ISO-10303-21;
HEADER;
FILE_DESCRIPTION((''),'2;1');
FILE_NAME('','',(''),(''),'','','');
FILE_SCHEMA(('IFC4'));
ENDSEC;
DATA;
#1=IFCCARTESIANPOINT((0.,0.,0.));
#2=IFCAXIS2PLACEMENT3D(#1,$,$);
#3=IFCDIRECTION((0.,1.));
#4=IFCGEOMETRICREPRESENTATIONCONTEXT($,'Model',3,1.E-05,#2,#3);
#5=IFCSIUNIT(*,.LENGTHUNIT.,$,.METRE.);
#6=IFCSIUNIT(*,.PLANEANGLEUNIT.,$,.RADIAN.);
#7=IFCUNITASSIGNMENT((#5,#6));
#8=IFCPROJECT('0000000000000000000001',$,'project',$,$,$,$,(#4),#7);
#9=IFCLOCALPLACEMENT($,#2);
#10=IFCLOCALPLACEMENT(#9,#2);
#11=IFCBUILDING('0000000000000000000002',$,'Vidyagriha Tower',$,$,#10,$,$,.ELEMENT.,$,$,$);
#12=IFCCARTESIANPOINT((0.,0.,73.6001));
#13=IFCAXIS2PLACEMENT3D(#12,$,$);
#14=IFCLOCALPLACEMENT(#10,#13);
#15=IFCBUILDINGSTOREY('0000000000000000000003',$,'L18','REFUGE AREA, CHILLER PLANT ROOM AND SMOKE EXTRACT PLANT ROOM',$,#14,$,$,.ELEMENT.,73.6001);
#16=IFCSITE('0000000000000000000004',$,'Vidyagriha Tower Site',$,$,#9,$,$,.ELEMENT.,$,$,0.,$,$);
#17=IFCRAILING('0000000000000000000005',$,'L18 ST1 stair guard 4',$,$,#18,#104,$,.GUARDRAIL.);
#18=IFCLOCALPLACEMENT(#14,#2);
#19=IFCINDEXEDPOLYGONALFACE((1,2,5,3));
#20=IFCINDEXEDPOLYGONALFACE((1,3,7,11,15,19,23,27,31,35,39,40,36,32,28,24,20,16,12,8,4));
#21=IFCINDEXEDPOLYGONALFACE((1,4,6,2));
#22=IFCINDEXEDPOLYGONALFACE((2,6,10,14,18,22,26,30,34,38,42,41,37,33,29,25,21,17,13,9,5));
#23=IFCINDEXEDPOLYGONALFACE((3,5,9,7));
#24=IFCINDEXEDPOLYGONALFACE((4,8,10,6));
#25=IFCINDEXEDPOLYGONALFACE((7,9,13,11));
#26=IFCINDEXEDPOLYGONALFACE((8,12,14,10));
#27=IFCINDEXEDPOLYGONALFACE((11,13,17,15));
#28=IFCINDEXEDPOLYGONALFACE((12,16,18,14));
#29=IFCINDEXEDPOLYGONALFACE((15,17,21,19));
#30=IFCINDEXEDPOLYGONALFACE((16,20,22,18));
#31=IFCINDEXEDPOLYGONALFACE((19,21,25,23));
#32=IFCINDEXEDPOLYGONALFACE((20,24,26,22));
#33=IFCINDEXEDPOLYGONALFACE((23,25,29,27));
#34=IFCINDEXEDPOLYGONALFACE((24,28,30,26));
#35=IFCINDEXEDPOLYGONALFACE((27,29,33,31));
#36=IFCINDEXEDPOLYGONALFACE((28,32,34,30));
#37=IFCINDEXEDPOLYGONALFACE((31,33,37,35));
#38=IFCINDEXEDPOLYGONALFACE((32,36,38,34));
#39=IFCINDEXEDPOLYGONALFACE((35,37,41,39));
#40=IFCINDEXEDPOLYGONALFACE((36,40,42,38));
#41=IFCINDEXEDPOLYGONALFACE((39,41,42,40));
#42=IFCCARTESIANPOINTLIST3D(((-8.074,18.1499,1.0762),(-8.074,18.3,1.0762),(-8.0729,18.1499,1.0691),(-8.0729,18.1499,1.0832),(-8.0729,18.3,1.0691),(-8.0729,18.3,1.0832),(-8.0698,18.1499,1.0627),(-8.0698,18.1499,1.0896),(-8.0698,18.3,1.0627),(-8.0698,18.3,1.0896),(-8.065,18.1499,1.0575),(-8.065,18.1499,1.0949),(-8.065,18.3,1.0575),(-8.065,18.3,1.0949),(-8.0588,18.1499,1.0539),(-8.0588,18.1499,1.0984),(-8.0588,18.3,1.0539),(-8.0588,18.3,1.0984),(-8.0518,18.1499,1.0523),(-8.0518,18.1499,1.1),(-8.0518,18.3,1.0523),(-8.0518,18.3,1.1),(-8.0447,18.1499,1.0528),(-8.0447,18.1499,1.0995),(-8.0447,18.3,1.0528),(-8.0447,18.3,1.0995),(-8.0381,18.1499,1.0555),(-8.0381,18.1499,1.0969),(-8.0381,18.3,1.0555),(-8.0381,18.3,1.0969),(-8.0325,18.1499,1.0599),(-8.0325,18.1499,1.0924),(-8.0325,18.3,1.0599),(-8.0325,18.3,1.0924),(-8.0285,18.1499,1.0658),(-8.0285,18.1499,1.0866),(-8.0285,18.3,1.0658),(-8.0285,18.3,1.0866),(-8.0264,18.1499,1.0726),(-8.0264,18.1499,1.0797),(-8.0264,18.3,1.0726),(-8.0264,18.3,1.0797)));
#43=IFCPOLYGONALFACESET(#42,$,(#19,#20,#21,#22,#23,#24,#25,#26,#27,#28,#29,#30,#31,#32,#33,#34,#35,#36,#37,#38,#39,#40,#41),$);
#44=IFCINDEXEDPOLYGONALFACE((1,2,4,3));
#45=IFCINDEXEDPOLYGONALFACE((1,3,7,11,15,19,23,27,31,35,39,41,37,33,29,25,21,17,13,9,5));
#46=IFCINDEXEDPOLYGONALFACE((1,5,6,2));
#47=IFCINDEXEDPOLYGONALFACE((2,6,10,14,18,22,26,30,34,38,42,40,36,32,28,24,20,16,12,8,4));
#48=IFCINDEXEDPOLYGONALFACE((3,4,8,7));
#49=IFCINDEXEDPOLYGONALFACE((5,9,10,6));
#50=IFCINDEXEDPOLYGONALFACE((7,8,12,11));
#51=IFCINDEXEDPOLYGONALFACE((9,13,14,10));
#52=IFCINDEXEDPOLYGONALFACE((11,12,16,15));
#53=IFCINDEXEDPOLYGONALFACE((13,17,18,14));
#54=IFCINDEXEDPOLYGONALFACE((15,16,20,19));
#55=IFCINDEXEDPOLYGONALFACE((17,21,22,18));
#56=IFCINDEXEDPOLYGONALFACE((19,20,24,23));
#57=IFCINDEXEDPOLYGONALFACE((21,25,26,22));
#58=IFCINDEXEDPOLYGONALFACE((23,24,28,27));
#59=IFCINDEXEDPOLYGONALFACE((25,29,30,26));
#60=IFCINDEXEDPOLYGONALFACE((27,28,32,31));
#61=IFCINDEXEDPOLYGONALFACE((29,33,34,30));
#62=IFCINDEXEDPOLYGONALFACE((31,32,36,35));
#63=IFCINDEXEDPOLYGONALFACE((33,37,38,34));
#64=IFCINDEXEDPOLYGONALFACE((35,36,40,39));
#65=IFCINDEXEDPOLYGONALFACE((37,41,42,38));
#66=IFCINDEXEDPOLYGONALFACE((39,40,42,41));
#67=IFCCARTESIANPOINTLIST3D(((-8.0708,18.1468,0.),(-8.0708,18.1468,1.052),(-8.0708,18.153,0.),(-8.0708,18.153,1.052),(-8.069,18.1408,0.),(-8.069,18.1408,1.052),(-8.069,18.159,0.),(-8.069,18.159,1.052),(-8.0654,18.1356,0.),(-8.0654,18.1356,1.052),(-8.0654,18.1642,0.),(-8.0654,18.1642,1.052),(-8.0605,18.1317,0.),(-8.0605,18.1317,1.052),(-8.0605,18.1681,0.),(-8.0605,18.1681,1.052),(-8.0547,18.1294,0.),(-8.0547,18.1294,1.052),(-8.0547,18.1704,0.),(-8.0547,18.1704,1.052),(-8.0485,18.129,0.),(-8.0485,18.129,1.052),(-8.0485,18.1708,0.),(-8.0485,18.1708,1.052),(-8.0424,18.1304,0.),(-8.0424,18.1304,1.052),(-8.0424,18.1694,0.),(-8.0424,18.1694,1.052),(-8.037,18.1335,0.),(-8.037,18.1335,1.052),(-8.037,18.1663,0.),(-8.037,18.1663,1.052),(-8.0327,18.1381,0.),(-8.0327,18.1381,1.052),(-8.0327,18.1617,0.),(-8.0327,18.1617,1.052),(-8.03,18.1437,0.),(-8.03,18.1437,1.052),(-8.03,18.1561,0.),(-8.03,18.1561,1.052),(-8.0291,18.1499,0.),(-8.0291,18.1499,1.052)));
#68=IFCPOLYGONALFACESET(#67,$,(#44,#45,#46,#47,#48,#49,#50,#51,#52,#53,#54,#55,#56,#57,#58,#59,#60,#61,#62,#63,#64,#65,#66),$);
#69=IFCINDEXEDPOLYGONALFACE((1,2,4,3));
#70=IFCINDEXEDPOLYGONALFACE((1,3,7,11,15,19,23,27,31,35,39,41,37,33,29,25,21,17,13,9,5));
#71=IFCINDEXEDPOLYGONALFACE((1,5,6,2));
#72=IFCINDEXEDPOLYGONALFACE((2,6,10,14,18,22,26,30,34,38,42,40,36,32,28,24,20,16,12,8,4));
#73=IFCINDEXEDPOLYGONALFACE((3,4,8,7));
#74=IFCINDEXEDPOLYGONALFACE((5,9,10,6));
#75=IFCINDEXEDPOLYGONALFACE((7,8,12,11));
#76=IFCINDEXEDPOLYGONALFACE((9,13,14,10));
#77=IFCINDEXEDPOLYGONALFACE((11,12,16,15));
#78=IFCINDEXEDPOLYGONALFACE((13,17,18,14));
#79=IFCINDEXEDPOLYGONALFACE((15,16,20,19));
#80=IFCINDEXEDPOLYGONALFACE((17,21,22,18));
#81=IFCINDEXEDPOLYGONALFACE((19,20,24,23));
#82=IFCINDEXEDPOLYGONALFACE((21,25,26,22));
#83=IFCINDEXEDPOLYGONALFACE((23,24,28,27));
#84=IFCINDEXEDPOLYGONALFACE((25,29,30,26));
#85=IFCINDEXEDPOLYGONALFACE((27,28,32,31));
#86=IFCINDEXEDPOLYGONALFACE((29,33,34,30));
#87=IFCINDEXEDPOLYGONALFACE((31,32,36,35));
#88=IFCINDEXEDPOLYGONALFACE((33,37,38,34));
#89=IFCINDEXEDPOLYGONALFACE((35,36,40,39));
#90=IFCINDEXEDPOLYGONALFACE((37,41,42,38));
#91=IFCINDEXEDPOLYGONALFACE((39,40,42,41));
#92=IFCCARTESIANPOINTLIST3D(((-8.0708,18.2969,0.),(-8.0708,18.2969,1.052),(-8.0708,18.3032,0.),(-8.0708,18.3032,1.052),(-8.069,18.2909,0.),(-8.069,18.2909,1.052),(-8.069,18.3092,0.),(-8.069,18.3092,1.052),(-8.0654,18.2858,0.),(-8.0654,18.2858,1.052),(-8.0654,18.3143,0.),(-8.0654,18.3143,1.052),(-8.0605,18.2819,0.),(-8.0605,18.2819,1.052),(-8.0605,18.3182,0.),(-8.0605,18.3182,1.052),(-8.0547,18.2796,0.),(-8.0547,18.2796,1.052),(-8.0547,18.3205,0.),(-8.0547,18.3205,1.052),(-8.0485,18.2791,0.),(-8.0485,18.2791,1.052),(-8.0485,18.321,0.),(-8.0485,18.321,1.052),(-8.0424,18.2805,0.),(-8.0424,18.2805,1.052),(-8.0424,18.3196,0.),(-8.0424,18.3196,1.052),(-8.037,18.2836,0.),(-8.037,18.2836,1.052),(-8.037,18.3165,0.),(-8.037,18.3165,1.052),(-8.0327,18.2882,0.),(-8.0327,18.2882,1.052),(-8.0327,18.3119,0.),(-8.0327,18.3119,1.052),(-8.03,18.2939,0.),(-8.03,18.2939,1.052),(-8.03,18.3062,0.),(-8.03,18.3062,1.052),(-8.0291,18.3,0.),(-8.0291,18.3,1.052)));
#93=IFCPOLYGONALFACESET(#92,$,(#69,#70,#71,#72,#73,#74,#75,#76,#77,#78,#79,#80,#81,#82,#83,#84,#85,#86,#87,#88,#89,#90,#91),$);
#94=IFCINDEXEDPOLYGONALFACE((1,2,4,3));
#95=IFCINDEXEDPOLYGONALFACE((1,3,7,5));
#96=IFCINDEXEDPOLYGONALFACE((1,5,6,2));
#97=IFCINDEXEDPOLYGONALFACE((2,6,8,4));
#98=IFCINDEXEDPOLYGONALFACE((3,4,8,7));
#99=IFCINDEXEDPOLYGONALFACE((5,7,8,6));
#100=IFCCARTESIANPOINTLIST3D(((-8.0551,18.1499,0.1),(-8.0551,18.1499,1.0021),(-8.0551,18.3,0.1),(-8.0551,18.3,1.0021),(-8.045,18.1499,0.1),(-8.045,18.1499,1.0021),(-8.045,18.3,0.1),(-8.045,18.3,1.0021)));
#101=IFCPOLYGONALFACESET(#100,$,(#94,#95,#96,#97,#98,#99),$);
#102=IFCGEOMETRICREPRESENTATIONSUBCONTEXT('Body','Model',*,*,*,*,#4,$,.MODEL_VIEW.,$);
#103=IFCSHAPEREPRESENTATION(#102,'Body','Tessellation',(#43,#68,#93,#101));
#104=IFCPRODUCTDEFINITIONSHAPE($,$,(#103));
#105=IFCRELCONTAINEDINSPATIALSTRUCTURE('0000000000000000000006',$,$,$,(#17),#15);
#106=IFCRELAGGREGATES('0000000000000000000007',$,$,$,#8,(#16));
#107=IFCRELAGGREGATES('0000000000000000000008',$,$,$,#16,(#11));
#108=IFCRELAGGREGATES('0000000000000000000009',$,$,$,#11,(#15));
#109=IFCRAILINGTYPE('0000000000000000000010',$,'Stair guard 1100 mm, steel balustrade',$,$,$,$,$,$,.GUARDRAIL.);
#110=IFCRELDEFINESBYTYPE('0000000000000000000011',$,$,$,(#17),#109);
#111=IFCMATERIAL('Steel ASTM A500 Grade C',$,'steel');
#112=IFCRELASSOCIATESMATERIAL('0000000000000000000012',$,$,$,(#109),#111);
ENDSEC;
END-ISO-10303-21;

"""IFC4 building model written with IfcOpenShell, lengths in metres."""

from ifc_helpers import new_model, si_unit, direction, frame, origin, origin_2d, place, context, subcontext, project, spatial, rectangle, circle, extrude, material, type_object, element, save


model = new_model("IFC4")

# Units and contexts
model_context = context("Model", 3, precision=1e-05, world=origin(), true_north=direction((0.0, 1.0)))
body_context = subcontext(model_context, "Body", "Model", "MODEL_VIEW")
ifc_project = project(units=[si_unit("LENGTHUNIT", "METRE"), si_unit("PLANEANGLEUNIT", "RADIAN")], contexts=[model_context])

# Site, building, storey
site_placement = place(None, origin())
site = spatial("IfcSite", under=ifc_project, at=site_placement, Name="Vidyagriha Tower Site", CompositionType="ELEMENT", RefElevation=0.0)
building_placement = place(site_placement, origin())
building = spatial("IfcBuilding", under=site, at=building_placement, Name="Vidyagriha Tower", CompositionType="ELEMENT")
storey_placement = place(building_placement, frame((0.0, 0.0, 73.6001)))
storey = spatial("IfcBuildingStorey", under=building, at=storey_placement, Name="L18", Description="REFUGE AREA, CHILLER PLANT ROOM AND SMOKE EXTRACT PLANT ROOM", CompositionType="ELEMENT", Elevation=73.6001)

# Railing
ifc_material_1 = material(Name="Steel ASTM A500 Grade C", Category="steel")
railing_type_1 = type_object("IfcRailingType", Name="Stair guard 1100 mm, steel balustrade", PredefinedType="GUARDRAIL", material=ifc_material_1)
railing_1_placement = place(storey_placement, frame((-8.05, 18.1499, 0.0)))
element("IfcRailing", 1, at=railing_1_placement, inside=storey, type_object=railing_type_1, Name="L18 ST1 stair guard 4", PredefinedType="GUARDRAIL", context=body_context, shape_type="SweptSolid", body=[
    extrude(circle(Radius=0.0239, at=origin_2d()), frame((0.0, 0.0, 1.0762), z_axis=(0.0, 1.0, 0.0), x_axis=(-1.0, 0.0, 0.0)), (0.0, 0.0, 1.0), 0.1501),
    extrude(circle(Radius=0.021, at=origin_2d()), origin(), (0.0, 0.0, 1.0), 1.052),
    extrude(circle(Radius=0.021, at=origin_2d()), frame((0.0, 0.1501, 0.0)), (0.0, 0.0, 1.0), 1.052),
    extrude(rectangle(XDim=0.01, YDim=0.9021, at=origin_2d()), frame((0.0, 0.0, 0.551), z_axis=(0.0, 1.0, 0.0), x_axis=(-1.0, 0.0, 0.0)), (0.0, 0.0, 1.0), 0.1501),
])

save(model, "model.ifc")
